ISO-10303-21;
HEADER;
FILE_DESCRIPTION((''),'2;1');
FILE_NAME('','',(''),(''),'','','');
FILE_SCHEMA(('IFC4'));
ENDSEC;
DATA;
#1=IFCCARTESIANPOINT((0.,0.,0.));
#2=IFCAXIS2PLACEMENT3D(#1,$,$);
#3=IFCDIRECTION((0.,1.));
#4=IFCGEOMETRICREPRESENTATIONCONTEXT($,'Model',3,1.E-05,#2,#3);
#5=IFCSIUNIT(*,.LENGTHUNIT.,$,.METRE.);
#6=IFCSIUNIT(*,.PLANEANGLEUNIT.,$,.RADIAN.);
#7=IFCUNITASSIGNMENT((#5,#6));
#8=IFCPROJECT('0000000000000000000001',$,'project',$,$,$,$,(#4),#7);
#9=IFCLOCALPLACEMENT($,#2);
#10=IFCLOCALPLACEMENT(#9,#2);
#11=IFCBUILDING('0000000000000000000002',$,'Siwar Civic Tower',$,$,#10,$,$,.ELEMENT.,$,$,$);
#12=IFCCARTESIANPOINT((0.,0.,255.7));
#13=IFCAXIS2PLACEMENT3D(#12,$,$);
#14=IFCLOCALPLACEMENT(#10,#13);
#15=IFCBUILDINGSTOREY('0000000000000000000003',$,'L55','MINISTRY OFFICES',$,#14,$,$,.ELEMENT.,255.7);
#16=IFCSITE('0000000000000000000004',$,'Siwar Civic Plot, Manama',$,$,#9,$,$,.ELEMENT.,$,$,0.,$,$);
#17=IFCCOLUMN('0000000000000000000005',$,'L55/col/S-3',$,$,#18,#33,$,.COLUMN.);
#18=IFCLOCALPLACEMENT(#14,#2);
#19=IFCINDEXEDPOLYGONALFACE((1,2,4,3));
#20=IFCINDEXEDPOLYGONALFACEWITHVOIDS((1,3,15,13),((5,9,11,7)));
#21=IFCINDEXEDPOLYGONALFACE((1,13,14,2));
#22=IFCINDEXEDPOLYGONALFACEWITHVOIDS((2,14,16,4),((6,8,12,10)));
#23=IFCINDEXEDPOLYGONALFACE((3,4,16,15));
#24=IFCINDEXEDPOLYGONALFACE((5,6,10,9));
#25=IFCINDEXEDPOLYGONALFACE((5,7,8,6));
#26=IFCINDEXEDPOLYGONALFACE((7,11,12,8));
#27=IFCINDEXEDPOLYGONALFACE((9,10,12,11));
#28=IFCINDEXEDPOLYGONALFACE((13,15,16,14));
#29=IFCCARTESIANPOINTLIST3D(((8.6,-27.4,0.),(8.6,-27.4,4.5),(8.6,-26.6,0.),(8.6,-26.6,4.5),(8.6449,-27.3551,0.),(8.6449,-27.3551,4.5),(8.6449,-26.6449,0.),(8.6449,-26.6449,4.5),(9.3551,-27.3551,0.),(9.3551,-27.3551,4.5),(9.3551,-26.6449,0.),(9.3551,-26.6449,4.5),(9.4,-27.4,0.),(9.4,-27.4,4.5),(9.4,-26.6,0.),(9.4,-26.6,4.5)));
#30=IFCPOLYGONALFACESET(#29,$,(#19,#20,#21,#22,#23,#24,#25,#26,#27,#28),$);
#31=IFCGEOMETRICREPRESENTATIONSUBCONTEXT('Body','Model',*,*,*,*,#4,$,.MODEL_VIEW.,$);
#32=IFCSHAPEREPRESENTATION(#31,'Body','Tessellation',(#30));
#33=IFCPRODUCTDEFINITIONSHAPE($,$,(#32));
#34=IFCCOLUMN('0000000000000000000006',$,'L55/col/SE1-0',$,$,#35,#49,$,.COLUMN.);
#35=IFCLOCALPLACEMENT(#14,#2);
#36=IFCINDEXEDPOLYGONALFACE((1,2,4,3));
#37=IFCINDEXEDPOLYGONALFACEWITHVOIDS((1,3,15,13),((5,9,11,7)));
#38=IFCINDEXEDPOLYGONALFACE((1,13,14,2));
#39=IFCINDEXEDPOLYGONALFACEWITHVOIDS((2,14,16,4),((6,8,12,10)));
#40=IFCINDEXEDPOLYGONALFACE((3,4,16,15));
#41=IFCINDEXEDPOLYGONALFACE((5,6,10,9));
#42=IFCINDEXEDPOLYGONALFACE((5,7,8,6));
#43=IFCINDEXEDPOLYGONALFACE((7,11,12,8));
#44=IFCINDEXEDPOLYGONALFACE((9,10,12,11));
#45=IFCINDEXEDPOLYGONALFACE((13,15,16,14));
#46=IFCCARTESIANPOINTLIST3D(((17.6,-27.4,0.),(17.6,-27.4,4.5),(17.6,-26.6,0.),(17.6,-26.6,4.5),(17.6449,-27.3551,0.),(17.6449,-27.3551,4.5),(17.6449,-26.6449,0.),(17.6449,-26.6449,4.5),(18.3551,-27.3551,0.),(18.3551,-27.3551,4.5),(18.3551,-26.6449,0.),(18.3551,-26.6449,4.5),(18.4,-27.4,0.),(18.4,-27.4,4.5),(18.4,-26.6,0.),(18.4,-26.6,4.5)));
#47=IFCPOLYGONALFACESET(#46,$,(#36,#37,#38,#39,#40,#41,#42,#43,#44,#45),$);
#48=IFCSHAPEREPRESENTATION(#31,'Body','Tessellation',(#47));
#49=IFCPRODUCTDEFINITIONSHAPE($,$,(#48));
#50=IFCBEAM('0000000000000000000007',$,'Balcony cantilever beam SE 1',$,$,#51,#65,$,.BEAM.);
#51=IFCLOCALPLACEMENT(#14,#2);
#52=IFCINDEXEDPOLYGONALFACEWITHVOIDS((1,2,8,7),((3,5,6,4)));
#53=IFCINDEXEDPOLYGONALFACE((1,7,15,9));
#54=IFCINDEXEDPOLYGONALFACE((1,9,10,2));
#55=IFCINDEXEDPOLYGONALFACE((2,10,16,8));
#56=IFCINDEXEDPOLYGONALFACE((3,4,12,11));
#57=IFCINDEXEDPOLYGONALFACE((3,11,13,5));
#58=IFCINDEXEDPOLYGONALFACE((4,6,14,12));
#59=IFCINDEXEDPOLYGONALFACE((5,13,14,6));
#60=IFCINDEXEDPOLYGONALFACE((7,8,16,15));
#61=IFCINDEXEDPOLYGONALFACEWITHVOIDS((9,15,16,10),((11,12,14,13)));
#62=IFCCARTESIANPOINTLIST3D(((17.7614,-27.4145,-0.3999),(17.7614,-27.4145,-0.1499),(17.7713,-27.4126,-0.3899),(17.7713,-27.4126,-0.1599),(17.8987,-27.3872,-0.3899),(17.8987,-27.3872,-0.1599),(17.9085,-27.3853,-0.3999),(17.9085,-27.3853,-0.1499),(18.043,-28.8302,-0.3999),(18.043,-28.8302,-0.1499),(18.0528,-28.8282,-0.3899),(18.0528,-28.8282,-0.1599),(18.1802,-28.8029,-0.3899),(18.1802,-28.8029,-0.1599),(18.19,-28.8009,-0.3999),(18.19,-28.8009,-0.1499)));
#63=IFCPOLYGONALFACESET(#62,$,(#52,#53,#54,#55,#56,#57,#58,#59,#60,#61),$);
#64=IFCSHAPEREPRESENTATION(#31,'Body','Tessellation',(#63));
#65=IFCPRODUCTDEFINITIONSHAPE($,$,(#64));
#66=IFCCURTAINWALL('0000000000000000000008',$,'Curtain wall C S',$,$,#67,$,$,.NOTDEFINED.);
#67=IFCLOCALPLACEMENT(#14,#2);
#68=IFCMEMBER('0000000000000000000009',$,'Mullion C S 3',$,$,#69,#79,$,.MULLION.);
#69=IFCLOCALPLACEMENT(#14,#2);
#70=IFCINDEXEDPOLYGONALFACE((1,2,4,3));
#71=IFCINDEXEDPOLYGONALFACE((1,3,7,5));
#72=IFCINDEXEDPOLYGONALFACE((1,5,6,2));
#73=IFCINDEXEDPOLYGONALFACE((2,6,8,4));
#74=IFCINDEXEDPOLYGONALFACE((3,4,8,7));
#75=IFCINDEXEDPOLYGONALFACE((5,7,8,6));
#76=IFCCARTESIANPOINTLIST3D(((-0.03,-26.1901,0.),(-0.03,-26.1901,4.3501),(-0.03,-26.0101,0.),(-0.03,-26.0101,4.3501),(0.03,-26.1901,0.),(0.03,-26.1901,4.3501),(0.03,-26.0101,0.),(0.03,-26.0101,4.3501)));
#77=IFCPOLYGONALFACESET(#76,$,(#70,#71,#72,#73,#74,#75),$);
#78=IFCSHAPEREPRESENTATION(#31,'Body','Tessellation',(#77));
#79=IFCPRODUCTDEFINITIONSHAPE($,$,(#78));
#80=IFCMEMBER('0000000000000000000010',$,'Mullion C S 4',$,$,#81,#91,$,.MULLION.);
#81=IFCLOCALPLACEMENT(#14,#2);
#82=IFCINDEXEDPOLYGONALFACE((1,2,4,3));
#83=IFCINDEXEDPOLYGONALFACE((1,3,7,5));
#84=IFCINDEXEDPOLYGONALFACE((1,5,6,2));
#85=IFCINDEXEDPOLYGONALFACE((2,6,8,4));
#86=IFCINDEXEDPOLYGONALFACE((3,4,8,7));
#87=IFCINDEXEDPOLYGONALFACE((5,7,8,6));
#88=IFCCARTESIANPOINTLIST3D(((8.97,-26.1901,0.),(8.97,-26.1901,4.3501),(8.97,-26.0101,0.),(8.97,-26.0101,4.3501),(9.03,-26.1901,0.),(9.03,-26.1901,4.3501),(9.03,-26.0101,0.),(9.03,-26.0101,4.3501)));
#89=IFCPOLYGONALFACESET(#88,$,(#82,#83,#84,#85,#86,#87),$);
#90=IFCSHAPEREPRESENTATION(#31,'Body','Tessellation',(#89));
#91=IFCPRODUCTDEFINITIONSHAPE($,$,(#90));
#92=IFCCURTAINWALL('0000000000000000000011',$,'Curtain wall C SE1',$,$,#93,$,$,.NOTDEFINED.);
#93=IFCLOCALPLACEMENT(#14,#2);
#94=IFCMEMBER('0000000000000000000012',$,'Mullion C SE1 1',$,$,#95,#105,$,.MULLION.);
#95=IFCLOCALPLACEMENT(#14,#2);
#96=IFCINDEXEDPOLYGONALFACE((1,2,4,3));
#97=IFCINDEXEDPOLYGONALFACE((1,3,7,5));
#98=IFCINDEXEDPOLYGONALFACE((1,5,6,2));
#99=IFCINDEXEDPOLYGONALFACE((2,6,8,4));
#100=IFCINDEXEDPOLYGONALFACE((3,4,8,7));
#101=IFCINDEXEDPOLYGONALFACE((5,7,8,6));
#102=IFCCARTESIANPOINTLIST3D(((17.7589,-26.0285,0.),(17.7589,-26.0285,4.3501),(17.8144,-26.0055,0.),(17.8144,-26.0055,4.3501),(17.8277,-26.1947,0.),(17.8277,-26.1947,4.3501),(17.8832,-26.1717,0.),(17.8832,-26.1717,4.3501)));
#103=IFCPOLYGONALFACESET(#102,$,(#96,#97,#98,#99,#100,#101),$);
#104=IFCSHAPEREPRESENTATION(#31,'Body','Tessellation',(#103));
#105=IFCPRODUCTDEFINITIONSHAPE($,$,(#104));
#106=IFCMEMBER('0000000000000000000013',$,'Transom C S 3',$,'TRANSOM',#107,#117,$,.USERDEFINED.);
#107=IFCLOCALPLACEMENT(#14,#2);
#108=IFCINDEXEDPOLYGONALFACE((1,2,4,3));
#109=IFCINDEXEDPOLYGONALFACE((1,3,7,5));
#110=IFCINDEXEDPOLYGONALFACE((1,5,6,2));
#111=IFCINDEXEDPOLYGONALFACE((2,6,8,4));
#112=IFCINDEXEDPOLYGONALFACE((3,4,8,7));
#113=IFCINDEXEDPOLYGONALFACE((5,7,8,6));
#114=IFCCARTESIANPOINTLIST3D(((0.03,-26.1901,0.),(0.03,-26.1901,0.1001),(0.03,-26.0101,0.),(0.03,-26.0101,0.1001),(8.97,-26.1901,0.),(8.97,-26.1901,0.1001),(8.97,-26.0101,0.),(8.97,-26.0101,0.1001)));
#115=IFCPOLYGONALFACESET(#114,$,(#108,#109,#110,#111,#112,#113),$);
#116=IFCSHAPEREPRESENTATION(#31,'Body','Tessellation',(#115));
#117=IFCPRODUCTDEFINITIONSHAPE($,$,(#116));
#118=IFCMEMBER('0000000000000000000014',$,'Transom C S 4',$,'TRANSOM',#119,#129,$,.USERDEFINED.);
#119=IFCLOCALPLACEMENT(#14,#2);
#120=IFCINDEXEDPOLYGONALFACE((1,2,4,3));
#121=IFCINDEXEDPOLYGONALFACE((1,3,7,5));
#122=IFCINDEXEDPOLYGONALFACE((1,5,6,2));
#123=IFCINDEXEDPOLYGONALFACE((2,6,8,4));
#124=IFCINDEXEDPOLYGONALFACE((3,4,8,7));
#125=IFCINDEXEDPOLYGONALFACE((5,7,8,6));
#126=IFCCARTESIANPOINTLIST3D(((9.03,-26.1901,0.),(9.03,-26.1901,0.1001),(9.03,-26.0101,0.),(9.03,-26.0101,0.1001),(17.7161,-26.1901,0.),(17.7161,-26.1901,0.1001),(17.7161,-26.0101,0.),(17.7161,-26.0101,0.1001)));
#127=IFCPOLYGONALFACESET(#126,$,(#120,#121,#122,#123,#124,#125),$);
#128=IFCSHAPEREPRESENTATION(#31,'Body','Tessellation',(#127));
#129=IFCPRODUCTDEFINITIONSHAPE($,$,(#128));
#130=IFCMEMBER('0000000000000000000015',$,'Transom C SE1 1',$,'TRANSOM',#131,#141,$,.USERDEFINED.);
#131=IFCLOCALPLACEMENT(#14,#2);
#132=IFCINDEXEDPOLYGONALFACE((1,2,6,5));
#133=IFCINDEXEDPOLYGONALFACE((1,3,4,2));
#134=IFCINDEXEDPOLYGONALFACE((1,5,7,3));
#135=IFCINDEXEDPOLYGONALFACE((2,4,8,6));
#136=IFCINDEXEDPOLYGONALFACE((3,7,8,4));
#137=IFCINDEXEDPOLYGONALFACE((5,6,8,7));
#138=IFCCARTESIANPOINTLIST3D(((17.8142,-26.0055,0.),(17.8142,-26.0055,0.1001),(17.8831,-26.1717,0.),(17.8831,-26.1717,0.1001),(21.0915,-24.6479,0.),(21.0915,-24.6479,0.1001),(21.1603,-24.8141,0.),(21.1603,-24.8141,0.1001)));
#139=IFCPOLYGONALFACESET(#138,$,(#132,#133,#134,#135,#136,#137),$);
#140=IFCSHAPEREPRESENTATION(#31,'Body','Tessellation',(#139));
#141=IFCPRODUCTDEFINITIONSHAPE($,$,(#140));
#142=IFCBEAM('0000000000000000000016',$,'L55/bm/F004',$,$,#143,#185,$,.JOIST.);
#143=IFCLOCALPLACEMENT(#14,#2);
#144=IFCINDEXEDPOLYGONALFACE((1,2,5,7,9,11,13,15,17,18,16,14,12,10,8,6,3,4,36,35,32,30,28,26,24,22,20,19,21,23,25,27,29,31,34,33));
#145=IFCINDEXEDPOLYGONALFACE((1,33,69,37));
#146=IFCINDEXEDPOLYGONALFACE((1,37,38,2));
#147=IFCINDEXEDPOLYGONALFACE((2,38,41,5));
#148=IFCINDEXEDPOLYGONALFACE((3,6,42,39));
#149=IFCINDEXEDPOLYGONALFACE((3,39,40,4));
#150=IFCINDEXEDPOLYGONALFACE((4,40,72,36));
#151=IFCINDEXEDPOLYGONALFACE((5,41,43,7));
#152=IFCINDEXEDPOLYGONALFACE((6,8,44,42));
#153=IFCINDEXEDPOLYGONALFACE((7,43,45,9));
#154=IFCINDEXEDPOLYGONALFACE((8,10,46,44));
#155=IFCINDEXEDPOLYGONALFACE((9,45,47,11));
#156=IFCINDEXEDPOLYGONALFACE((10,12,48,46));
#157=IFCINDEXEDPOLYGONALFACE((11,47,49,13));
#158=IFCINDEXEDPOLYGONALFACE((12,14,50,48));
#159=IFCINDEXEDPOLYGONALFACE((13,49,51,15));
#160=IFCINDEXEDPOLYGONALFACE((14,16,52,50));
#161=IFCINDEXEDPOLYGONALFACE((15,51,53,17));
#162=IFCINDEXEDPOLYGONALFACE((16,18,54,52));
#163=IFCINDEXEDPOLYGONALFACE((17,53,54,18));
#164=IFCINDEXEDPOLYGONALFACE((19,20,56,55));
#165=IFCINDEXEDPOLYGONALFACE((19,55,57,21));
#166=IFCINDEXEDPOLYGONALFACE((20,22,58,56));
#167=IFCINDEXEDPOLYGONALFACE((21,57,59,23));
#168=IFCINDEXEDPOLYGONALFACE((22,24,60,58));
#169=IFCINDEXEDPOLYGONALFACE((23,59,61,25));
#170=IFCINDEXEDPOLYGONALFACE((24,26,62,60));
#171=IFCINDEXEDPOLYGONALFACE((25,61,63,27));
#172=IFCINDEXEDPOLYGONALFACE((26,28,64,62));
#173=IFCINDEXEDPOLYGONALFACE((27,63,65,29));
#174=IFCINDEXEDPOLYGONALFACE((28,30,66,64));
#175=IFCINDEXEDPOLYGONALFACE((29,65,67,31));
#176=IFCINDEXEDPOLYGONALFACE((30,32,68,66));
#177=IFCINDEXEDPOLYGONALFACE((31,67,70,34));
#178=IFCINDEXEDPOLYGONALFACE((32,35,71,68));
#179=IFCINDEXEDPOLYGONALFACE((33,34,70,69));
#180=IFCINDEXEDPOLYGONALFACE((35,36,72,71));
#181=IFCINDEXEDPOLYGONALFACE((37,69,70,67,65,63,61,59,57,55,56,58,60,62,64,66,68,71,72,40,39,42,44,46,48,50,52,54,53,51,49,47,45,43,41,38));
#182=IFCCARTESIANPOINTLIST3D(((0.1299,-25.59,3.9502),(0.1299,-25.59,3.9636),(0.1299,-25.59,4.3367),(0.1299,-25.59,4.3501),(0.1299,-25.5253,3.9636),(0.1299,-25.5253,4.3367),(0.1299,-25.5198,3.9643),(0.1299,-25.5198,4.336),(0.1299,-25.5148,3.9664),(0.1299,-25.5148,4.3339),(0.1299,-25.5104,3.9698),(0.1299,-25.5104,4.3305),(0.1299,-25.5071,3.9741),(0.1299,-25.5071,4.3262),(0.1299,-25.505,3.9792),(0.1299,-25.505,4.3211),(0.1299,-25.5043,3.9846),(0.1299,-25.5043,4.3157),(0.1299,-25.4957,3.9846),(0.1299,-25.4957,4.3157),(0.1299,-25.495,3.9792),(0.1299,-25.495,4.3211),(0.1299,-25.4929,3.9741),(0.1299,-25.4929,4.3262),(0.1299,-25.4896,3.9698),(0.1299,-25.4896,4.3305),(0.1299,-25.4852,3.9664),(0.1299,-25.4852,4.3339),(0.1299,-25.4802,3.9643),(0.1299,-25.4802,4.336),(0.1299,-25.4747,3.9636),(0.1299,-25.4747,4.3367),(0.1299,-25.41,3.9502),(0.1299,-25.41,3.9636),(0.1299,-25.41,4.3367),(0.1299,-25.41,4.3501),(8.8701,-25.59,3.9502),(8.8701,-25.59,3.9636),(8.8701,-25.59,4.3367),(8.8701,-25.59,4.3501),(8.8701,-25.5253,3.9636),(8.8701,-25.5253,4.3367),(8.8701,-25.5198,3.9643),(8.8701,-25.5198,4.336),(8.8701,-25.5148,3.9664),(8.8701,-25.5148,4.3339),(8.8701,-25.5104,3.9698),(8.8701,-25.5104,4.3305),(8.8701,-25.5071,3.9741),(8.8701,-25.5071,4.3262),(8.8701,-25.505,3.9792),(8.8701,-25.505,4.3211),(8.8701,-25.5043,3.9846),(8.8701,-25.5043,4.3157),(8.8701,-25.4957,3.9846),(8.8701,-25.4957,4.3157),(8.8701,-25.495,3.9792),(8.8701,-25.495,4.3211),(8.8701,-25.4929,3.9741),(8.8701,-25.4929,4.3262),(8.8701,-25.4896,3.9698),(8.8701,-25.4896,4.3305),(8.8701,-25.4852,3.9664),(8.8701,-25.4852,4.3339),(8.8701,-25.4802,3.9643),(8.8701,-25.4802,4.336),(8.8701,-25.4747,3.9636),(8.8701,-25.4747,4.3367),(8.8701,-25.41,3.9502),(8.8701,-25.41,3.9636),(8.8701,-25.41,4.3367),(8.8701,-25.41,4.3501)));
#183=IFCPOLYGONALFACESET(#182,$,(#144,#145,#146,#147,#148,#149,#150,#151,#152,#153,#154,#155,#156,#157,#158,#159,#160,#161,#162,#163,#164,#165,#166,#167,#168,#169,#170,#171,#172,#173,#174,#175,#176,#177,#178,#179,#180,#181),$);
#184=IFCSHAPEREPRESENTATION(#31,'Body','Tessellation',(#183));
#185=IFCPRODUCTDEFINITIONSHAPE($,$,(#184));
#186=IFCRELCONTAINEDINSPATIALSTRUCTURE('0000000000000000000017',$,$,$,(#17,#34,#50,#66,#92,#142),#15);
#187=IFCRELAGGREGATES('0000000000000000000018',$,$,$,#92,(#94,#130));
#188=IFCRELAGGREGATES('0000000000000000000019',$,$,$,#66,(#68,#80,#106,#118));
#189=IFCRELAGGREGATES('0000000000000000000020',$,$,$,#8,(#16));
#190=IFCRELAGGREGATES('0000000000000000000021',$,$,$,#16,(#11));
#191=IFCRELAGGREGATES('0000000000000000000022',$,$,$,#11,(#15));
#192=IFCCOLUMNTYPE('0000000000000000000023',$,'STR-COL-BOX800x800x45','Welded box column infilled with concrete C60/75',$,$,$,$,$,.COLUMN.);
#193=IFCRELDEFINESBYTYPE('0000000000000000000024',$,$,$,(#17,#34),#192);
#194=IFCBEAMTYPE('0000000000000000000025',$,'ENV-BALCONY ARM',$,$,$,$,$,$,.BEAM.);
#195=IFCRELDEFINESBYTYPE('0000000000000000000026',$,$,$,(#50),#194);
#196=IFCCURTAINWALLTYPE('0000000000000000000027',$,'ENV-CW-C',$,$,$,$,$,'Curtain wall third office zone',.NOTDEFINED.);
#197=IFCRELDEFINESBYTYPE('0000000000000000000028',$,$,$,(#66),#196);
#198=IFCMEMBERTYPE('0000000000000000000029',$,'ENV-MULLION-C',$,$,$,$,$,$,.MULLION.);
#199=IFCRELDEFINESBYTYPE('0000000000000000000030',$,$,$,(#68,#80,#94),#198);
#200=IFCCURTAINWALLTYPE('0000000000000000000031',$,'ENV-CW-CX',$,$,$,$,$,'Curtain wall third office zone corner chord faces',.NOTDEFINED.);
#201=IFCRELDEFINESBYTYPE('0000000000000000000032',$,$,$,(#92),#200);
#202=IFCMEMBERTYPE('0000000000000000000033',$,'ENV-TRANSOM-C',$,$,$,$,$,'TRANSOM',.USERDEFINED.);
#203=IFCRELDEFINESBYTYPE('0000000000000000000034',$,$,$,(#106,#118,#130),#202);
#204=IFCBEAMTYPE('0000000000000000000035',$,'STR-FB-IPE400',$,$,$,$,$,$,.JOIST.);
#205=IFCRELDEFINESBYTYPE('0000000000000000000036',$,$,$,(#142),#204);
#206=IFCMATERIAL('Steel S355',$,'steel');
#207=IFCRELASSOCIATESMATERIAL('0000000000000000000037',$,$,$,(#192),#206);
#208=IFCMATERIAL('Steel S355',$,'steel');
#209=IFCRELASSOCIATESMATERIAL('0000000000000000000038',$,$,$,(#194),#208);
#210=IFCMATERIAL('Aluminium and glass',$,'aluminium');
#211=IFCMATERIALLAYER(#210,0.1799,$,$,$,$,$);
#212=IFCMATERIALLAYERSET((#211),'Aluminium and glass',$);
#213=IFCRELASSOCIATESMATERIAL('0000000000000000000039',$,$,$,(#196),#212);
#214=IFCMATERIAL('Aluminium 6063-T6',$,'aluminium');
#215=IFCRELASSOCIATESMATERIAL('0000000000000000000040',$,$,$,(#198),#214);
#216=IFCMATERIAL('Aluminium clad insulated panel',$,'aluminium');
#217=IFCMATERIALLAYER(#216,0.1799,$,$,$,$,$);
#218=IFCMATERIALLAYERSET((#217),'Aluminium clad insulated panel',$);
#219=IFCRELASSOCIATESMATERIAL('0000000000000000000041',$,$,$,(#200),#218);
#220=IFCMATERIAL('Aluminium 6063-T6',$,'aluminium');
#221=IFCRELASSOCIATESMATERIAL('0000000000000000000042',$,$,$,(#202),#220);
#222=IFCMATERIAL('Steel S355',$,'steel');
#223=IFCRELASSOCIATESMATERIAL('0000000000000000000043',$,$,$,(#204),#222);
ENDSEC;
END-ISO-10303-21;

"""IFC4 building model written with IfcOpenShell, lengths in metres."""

from ifc_helpers import new_model, si_unit, direction, frame, origin, origin_2d, place, context, subcontext, project, spatial, rectangle, hollow_rectangle, i_section, extrude, material, layer, layer_set, material_profile, profile_set, type_object, element, aggregate, save


model = new_model("IFC4")

# Units and contexts
model_context = context("Model", 3, precision=1e-05, world=origin(), true_north=direction((0.0, 1.0)))
body_context = subcontext(model_context, "Body", "Model", "MODEL_VIEW")
ifc_project = project(units=[si_unit("LENGTHUNIT", "METRE"), si_unit("PLANEANGLEUNIT", "RADIAN")], contexts=[model_context])

# Site, building, storey
site_placement = place(None, origin())
site = spatial("IfcSite", under=ifc_project, at=site_placement, Name="Siwar Civic Plot, Manama", CompositionType="ELEMENT", RefElevation=0.0)
building_placement = place(site_placement, origin())
building = spatial("IfcBuilding", under=site, at=building_placement, Name="Siwar Civic Tower", CompositionType="ELEMENT")
storey_placement = place(building_placement, frame((0.0, 0.0, 255.7)))
storey = spatial("IfcBuildingStorey", under=building, at=storey_placement, Name="L55", Description="MINISTRY OFFICES", CompositionType="ELEMENT", Elevation=255.7)

# Columns
ifc_material_1 = material(Name="Steel S355", Category="steel")
ifc_material_profile_1 = material_profile(ifc_material_1, hollow_rectangle(XDim=0.8, YDim=0.8, WallThickness=0.0449, at=origin_2d()), Name="BOX800x800x45")
ifc_profile_set_1 = profile_set([ifc_material_profile_1], Name="Steel S355")
column_type = type_object("IfcColumnType", Name="STR-COL-BOX800x800x45", Description="Welded box column infilled with concrete C60/75", PredefinedType="COLUMN", material=ifc_profile_set_1)
for number, where, z_axis, x_axis, name in (
    (1, (9.0, -27.0, 0.0), (0.0, 0.0, 1.0), (1.0, 0.0, 0.0), "L55/col/S-3"),
    (2, (18.0, -27.0, 0.0), (0.0, 0.0, 1.0), (1.0, 0.0, 0.0), "L55/col/SE1-0"),
):
    element("IfcColumn", number, at=place(storey_placement, frame(where, z_axis=z_axis, x_axis=x_axis)), inside=storey, type_object=column_type, Name=name, PredefinedType="COLUMN", context=body_context, shape_type="SweptSolid", body=[
        extrude(hollow_rectangle(XDim=0.8, YDim=0.8, WallThickness=0.0449, at=origin_2d()), origin(), (0.0, 0.0, 1.0), 4.5),
    ])

# Beam
ifc_material_2 = material(Name="Steel S355", Category="steel")
ifc_material_profile_2 = material_profile(ifc_material_2, hollow_rectangle(XDim=0.1499, YDim=0.25, WallThickness=0.01, at=origin_2d()), Name="RHS250x150x10")
ifc_profile_set_2 = profile_set([ifc_material_profile_2], Name="Steel S355")
beam_type_1 = type_object("IfcBeamType", Name="ENV-BALCONY ARM", PredefinedType="BEAM", material=ifc_profile_set_2)
beam_1_placement = place(storey_placement, frame((17.835, -27.3999, -0.2749), z_axis=(0.195042, -0.980795, 0.0), x_axis=(0.980795, 0.195042, 0.0)))
element("IfcBeam", 3, at=beam_1_placement, inside=storey, type_object=beam_type_1, Name="Balcony cantilever beam SE 1", PredefinedType="BEAM", context=body_context, shape_type="SweptSolid", body=[
    extrude(hollow_rectangle(XDim=0.1499, YDim=0.25, WallThickness=0.01, at=origin_2d()), origin(), (0.0, 0.0, 1.0), 1.4434),
])

# Curtain wall, members
ifc_material_3 = material(Name="Aluminium and glass", Category="aluminium")
ifc_layer_1 = layer(ifc_material_3, 0.1799)
ifc_layer_set_1 = layer_set([ifc_layer_1], Name="Aluminium and glass")
curtain_wall_type_1 = type_object("IfcCurtainWallType", Name="ENV-CW-C", ElementType="Curtain wall third office zone", PredefinedType="NOTDEFINED", material=ifc_layer_set_1)
curtain_wall_1_placement = place(storey_placement, origin())
curtain_wall_1 = element("IfcCurtainWall", 4, at=curtain_wall_1_placement, inside=storey, type_object=curtain_wall_type_1, Name="Curtain wall C S", PredefinedType="NOTDEFINED")
ifc_material_4 = material(Name="Aluminium 6063-T6", Category="aluminium")
ifc_material_profile_3 = material_profile(ifc_material_4, rectangle(XDim=0.1799, YDim=0.0601, at=origin_2d()), Name="AL 180x60")
ifc_profile_set_3 = profile_set([ifc_material_profile_3], Name="Aluminium 6063-T6")
member_type_1 = type_object("IfcMemberType", Name="ENV-MULLION-C", PredefinedType="MULLION", material=ifc_profile_set_3)
member_1_placement = place(storey_placement, frame((0.0, -26.1001, 0.0), z_axis=(0.0, 0.0, 1.0), x_axis=(0.0, 1.0, 0.0)))
member_1 = element("IfcMember", 5, at=member_1_placement, type_object=member_type_1, Name="Mullion C S 3", PredefinedType="MULLION", context=body_context, shape_type="SweptSolid", body=[
    extrude(rectangle(XDim=0.1799, YDim=0.0601, at=origin_2d()), origin(), (0.0, 0.0, 1.0), 4.3501),
])
member_2_placement = place(storey_placement, frame((9.0, -26.1001, 0.0), z_axis=(0.0, 0.0, 1.0), x_axis=(0.0, 1.0, 0.0)))
member_2 = element("IfcMember", 6, at=member_2_placement, type_object=member_type_1, Name="Mullion C S 4", PredefinedType="MULLION", context=body_context, shape_type="SweptSolid", body=[
    extrude(rectangle(XDim=0.1799, YDim=0.0601, at=origin_2d()), origin(), (0.0, 0.0, 1.0), 4.3501),
])

# Curtain wall, member
ifc_material_5 = material(Name="Aluminium clad insulated panel", Category="aluminium")
ifc_layer_2 = layer(ifc_material_5, 0.1799)
ifc_layer_set_2 = layer_set([ifc_layer_2], Name="Aluminium clad insulated panel")
curtain_wall_type_2 = type_object("IfcCurtainWallType", Name="ENV-CW-CX", ElementType="Curtain wall third office zone corner chord faces", PredefinedType="NOTDEFINED", material=ifc_layer_set_2)
curtain_wall_2_placement = place(storey_placement, origin())
curtain_wall_2 = element("IfcCurtainWall", 7, at=curtain_wall_2_placement, inside=storey, type_object=curtain_wall_type_2, Name="Curtain wall C SE1", PredefinedType="NOTDEFINED")
member_3_placement = place(storey_placement, frame((17.821, -26.1001, 0.0), z_axis=(0.0, 0.0, 1.0), x_axis=(-0.382683, 0.92388, 0.0)))
member_3 = element("IfcMember", 8, at=member_3_placement, type_object=member_type_1, Name="Mullion C SE1 1", PredefinedType="MULLION", context=body_context, shape_type="SweptSolid", body=[
    extrude(rectangle(XDim=0.1799, YDim=0.0601, at=origin_2d()), origin(), (0.0, 0.0, 1.0), 4.3501),
])

# Members
ifc_material_6 = material(Name="Aluminium 6063-T6", Category="aluminium")
ifc_material_profile_4 = material_profile(ifc_material_6, rectangle(XDim=0.1799, YDim=0.1001, at=origin_2d()), Name="AL 180x100")
ifc_profile_set_4 = profile_set([ifc_material_profile_4], Name="Aluminium 6063-T6")
member_type_2 = type_object("IfcMemberType", Name="ENV-TRANSOM-C", ElementType="TRANSOM", PredefinedType="USERDEFINED", material=ifc_profile_set_4)
member_4_placement = place(storey_placement, frame((0.03, -26.1001, 0.05), z_axis=(1.0, 0.0, 0.0), x_axis=(0.0, 1.0, 0.0)))
member_4 = element("IfcMember", 9, at=member_4_placement, type_object=member_type_2, Name="Transom C S 3", ObjectType="TRANSOM", PredefinedType="USERDEFINED", context=body_context, shape_type="SweptSolid", body=[
    extrude(rectangle(XDim=0.1799, YDim=0.1001, at=origin_2d()), origin(), (0.0, 0.0, 1.0), 8.9399),
])
member_5_placement = place(storey_placement, frame((9.03, -26.1001, 0.05), z_axis=(1.0, 0.0, 0.0), x_axis=(0.0, 1.0, 0.0)))
member_5 = element("IfcMember", 10, at=member_5_placement, type_object=member_type_2, Name="Transom C S 4", ObjectType="TRANSOM", PredefinedType="USERDEFINED", context=body_context, shape_type="SweptSolid", body=[
    extrude(rectangle(XDim=0.1799, YDim=0.1001, at=origin_2d()), origin(), (0.0, 0.0, 1.0), 8.686),
])
member_6_placement = place(storey_placement, frame((17.8486, -26.0886, 0.05), z_axis=(0.923865, 0.382719, 0.0), x_axis=(-0.382719, 0.923865, 0.0)))
member_6 = element("IfcMember", 11, at=member_6_placement, type_object=member_type_2, Name="Transom C SE1 1", ObjectType="TRANSOM", PredefinedType="USERDEFINED", context=body_context, shape_type="SweptSolid", body=[
    extrude(rectangle(XDim=0.1799, YDim=0.1001, at=origin_2d()), origin(), (0.0, 0.0, 1.0), 3.5474),
])
aggregate(curtain_wall_2, [member_3, member_6])

# Beam
ifc_material_7 = material(Name="Steel S355", Category="steel")
ifc_material_profile_5 = material_profile(ifc_material_7, i_section(OverallWidth=0.1799, OverallDepth=0.3999, WebThickness=0.0085, FlangeThickness=0.0134, FilletRadius=0.021, at=origin_2d()), Name="IPE400")
ifc_profile_set_5 = profile_set([ifc_material_profile_5], Name="Steel S355")
beam_type_2 = type_object("IfcBeamType", Name="STR-FB-IPE400", PredefinedType="JOIST", material=ifc_profile_set_5)
for number, where, z_axis, x_axis, name in (
    (12, (0.1299, -25.5, 4.1501), (1.0, 0.0, 0.0), (0.0, 1.0, 0.0), "L55/bm/F004"),
):
    element("IfcBeam", number, at=place(storey_placement, frame(where, z_axis=z_axis, x_axis=x_axis)), inside=storey, type_object=beam_type_2, Name=name, PredefinedType="JOIST", context=body_context, shape_type="SweptSolid", body=[
        extrude(i_section(OverallWidth=0.1799, OverallDepth=0.3999, WebThickness=0.0085, FlangeThickness=0.0134, FilletRadius=0.021, at=origin_2d()), origin(), (0.0, 0.0, 1.0), 8.7402),
    ])

aggregate(curtain_wall_1, [member_1, member_2, member_4, member_5])

save(model, "model.ifc")
